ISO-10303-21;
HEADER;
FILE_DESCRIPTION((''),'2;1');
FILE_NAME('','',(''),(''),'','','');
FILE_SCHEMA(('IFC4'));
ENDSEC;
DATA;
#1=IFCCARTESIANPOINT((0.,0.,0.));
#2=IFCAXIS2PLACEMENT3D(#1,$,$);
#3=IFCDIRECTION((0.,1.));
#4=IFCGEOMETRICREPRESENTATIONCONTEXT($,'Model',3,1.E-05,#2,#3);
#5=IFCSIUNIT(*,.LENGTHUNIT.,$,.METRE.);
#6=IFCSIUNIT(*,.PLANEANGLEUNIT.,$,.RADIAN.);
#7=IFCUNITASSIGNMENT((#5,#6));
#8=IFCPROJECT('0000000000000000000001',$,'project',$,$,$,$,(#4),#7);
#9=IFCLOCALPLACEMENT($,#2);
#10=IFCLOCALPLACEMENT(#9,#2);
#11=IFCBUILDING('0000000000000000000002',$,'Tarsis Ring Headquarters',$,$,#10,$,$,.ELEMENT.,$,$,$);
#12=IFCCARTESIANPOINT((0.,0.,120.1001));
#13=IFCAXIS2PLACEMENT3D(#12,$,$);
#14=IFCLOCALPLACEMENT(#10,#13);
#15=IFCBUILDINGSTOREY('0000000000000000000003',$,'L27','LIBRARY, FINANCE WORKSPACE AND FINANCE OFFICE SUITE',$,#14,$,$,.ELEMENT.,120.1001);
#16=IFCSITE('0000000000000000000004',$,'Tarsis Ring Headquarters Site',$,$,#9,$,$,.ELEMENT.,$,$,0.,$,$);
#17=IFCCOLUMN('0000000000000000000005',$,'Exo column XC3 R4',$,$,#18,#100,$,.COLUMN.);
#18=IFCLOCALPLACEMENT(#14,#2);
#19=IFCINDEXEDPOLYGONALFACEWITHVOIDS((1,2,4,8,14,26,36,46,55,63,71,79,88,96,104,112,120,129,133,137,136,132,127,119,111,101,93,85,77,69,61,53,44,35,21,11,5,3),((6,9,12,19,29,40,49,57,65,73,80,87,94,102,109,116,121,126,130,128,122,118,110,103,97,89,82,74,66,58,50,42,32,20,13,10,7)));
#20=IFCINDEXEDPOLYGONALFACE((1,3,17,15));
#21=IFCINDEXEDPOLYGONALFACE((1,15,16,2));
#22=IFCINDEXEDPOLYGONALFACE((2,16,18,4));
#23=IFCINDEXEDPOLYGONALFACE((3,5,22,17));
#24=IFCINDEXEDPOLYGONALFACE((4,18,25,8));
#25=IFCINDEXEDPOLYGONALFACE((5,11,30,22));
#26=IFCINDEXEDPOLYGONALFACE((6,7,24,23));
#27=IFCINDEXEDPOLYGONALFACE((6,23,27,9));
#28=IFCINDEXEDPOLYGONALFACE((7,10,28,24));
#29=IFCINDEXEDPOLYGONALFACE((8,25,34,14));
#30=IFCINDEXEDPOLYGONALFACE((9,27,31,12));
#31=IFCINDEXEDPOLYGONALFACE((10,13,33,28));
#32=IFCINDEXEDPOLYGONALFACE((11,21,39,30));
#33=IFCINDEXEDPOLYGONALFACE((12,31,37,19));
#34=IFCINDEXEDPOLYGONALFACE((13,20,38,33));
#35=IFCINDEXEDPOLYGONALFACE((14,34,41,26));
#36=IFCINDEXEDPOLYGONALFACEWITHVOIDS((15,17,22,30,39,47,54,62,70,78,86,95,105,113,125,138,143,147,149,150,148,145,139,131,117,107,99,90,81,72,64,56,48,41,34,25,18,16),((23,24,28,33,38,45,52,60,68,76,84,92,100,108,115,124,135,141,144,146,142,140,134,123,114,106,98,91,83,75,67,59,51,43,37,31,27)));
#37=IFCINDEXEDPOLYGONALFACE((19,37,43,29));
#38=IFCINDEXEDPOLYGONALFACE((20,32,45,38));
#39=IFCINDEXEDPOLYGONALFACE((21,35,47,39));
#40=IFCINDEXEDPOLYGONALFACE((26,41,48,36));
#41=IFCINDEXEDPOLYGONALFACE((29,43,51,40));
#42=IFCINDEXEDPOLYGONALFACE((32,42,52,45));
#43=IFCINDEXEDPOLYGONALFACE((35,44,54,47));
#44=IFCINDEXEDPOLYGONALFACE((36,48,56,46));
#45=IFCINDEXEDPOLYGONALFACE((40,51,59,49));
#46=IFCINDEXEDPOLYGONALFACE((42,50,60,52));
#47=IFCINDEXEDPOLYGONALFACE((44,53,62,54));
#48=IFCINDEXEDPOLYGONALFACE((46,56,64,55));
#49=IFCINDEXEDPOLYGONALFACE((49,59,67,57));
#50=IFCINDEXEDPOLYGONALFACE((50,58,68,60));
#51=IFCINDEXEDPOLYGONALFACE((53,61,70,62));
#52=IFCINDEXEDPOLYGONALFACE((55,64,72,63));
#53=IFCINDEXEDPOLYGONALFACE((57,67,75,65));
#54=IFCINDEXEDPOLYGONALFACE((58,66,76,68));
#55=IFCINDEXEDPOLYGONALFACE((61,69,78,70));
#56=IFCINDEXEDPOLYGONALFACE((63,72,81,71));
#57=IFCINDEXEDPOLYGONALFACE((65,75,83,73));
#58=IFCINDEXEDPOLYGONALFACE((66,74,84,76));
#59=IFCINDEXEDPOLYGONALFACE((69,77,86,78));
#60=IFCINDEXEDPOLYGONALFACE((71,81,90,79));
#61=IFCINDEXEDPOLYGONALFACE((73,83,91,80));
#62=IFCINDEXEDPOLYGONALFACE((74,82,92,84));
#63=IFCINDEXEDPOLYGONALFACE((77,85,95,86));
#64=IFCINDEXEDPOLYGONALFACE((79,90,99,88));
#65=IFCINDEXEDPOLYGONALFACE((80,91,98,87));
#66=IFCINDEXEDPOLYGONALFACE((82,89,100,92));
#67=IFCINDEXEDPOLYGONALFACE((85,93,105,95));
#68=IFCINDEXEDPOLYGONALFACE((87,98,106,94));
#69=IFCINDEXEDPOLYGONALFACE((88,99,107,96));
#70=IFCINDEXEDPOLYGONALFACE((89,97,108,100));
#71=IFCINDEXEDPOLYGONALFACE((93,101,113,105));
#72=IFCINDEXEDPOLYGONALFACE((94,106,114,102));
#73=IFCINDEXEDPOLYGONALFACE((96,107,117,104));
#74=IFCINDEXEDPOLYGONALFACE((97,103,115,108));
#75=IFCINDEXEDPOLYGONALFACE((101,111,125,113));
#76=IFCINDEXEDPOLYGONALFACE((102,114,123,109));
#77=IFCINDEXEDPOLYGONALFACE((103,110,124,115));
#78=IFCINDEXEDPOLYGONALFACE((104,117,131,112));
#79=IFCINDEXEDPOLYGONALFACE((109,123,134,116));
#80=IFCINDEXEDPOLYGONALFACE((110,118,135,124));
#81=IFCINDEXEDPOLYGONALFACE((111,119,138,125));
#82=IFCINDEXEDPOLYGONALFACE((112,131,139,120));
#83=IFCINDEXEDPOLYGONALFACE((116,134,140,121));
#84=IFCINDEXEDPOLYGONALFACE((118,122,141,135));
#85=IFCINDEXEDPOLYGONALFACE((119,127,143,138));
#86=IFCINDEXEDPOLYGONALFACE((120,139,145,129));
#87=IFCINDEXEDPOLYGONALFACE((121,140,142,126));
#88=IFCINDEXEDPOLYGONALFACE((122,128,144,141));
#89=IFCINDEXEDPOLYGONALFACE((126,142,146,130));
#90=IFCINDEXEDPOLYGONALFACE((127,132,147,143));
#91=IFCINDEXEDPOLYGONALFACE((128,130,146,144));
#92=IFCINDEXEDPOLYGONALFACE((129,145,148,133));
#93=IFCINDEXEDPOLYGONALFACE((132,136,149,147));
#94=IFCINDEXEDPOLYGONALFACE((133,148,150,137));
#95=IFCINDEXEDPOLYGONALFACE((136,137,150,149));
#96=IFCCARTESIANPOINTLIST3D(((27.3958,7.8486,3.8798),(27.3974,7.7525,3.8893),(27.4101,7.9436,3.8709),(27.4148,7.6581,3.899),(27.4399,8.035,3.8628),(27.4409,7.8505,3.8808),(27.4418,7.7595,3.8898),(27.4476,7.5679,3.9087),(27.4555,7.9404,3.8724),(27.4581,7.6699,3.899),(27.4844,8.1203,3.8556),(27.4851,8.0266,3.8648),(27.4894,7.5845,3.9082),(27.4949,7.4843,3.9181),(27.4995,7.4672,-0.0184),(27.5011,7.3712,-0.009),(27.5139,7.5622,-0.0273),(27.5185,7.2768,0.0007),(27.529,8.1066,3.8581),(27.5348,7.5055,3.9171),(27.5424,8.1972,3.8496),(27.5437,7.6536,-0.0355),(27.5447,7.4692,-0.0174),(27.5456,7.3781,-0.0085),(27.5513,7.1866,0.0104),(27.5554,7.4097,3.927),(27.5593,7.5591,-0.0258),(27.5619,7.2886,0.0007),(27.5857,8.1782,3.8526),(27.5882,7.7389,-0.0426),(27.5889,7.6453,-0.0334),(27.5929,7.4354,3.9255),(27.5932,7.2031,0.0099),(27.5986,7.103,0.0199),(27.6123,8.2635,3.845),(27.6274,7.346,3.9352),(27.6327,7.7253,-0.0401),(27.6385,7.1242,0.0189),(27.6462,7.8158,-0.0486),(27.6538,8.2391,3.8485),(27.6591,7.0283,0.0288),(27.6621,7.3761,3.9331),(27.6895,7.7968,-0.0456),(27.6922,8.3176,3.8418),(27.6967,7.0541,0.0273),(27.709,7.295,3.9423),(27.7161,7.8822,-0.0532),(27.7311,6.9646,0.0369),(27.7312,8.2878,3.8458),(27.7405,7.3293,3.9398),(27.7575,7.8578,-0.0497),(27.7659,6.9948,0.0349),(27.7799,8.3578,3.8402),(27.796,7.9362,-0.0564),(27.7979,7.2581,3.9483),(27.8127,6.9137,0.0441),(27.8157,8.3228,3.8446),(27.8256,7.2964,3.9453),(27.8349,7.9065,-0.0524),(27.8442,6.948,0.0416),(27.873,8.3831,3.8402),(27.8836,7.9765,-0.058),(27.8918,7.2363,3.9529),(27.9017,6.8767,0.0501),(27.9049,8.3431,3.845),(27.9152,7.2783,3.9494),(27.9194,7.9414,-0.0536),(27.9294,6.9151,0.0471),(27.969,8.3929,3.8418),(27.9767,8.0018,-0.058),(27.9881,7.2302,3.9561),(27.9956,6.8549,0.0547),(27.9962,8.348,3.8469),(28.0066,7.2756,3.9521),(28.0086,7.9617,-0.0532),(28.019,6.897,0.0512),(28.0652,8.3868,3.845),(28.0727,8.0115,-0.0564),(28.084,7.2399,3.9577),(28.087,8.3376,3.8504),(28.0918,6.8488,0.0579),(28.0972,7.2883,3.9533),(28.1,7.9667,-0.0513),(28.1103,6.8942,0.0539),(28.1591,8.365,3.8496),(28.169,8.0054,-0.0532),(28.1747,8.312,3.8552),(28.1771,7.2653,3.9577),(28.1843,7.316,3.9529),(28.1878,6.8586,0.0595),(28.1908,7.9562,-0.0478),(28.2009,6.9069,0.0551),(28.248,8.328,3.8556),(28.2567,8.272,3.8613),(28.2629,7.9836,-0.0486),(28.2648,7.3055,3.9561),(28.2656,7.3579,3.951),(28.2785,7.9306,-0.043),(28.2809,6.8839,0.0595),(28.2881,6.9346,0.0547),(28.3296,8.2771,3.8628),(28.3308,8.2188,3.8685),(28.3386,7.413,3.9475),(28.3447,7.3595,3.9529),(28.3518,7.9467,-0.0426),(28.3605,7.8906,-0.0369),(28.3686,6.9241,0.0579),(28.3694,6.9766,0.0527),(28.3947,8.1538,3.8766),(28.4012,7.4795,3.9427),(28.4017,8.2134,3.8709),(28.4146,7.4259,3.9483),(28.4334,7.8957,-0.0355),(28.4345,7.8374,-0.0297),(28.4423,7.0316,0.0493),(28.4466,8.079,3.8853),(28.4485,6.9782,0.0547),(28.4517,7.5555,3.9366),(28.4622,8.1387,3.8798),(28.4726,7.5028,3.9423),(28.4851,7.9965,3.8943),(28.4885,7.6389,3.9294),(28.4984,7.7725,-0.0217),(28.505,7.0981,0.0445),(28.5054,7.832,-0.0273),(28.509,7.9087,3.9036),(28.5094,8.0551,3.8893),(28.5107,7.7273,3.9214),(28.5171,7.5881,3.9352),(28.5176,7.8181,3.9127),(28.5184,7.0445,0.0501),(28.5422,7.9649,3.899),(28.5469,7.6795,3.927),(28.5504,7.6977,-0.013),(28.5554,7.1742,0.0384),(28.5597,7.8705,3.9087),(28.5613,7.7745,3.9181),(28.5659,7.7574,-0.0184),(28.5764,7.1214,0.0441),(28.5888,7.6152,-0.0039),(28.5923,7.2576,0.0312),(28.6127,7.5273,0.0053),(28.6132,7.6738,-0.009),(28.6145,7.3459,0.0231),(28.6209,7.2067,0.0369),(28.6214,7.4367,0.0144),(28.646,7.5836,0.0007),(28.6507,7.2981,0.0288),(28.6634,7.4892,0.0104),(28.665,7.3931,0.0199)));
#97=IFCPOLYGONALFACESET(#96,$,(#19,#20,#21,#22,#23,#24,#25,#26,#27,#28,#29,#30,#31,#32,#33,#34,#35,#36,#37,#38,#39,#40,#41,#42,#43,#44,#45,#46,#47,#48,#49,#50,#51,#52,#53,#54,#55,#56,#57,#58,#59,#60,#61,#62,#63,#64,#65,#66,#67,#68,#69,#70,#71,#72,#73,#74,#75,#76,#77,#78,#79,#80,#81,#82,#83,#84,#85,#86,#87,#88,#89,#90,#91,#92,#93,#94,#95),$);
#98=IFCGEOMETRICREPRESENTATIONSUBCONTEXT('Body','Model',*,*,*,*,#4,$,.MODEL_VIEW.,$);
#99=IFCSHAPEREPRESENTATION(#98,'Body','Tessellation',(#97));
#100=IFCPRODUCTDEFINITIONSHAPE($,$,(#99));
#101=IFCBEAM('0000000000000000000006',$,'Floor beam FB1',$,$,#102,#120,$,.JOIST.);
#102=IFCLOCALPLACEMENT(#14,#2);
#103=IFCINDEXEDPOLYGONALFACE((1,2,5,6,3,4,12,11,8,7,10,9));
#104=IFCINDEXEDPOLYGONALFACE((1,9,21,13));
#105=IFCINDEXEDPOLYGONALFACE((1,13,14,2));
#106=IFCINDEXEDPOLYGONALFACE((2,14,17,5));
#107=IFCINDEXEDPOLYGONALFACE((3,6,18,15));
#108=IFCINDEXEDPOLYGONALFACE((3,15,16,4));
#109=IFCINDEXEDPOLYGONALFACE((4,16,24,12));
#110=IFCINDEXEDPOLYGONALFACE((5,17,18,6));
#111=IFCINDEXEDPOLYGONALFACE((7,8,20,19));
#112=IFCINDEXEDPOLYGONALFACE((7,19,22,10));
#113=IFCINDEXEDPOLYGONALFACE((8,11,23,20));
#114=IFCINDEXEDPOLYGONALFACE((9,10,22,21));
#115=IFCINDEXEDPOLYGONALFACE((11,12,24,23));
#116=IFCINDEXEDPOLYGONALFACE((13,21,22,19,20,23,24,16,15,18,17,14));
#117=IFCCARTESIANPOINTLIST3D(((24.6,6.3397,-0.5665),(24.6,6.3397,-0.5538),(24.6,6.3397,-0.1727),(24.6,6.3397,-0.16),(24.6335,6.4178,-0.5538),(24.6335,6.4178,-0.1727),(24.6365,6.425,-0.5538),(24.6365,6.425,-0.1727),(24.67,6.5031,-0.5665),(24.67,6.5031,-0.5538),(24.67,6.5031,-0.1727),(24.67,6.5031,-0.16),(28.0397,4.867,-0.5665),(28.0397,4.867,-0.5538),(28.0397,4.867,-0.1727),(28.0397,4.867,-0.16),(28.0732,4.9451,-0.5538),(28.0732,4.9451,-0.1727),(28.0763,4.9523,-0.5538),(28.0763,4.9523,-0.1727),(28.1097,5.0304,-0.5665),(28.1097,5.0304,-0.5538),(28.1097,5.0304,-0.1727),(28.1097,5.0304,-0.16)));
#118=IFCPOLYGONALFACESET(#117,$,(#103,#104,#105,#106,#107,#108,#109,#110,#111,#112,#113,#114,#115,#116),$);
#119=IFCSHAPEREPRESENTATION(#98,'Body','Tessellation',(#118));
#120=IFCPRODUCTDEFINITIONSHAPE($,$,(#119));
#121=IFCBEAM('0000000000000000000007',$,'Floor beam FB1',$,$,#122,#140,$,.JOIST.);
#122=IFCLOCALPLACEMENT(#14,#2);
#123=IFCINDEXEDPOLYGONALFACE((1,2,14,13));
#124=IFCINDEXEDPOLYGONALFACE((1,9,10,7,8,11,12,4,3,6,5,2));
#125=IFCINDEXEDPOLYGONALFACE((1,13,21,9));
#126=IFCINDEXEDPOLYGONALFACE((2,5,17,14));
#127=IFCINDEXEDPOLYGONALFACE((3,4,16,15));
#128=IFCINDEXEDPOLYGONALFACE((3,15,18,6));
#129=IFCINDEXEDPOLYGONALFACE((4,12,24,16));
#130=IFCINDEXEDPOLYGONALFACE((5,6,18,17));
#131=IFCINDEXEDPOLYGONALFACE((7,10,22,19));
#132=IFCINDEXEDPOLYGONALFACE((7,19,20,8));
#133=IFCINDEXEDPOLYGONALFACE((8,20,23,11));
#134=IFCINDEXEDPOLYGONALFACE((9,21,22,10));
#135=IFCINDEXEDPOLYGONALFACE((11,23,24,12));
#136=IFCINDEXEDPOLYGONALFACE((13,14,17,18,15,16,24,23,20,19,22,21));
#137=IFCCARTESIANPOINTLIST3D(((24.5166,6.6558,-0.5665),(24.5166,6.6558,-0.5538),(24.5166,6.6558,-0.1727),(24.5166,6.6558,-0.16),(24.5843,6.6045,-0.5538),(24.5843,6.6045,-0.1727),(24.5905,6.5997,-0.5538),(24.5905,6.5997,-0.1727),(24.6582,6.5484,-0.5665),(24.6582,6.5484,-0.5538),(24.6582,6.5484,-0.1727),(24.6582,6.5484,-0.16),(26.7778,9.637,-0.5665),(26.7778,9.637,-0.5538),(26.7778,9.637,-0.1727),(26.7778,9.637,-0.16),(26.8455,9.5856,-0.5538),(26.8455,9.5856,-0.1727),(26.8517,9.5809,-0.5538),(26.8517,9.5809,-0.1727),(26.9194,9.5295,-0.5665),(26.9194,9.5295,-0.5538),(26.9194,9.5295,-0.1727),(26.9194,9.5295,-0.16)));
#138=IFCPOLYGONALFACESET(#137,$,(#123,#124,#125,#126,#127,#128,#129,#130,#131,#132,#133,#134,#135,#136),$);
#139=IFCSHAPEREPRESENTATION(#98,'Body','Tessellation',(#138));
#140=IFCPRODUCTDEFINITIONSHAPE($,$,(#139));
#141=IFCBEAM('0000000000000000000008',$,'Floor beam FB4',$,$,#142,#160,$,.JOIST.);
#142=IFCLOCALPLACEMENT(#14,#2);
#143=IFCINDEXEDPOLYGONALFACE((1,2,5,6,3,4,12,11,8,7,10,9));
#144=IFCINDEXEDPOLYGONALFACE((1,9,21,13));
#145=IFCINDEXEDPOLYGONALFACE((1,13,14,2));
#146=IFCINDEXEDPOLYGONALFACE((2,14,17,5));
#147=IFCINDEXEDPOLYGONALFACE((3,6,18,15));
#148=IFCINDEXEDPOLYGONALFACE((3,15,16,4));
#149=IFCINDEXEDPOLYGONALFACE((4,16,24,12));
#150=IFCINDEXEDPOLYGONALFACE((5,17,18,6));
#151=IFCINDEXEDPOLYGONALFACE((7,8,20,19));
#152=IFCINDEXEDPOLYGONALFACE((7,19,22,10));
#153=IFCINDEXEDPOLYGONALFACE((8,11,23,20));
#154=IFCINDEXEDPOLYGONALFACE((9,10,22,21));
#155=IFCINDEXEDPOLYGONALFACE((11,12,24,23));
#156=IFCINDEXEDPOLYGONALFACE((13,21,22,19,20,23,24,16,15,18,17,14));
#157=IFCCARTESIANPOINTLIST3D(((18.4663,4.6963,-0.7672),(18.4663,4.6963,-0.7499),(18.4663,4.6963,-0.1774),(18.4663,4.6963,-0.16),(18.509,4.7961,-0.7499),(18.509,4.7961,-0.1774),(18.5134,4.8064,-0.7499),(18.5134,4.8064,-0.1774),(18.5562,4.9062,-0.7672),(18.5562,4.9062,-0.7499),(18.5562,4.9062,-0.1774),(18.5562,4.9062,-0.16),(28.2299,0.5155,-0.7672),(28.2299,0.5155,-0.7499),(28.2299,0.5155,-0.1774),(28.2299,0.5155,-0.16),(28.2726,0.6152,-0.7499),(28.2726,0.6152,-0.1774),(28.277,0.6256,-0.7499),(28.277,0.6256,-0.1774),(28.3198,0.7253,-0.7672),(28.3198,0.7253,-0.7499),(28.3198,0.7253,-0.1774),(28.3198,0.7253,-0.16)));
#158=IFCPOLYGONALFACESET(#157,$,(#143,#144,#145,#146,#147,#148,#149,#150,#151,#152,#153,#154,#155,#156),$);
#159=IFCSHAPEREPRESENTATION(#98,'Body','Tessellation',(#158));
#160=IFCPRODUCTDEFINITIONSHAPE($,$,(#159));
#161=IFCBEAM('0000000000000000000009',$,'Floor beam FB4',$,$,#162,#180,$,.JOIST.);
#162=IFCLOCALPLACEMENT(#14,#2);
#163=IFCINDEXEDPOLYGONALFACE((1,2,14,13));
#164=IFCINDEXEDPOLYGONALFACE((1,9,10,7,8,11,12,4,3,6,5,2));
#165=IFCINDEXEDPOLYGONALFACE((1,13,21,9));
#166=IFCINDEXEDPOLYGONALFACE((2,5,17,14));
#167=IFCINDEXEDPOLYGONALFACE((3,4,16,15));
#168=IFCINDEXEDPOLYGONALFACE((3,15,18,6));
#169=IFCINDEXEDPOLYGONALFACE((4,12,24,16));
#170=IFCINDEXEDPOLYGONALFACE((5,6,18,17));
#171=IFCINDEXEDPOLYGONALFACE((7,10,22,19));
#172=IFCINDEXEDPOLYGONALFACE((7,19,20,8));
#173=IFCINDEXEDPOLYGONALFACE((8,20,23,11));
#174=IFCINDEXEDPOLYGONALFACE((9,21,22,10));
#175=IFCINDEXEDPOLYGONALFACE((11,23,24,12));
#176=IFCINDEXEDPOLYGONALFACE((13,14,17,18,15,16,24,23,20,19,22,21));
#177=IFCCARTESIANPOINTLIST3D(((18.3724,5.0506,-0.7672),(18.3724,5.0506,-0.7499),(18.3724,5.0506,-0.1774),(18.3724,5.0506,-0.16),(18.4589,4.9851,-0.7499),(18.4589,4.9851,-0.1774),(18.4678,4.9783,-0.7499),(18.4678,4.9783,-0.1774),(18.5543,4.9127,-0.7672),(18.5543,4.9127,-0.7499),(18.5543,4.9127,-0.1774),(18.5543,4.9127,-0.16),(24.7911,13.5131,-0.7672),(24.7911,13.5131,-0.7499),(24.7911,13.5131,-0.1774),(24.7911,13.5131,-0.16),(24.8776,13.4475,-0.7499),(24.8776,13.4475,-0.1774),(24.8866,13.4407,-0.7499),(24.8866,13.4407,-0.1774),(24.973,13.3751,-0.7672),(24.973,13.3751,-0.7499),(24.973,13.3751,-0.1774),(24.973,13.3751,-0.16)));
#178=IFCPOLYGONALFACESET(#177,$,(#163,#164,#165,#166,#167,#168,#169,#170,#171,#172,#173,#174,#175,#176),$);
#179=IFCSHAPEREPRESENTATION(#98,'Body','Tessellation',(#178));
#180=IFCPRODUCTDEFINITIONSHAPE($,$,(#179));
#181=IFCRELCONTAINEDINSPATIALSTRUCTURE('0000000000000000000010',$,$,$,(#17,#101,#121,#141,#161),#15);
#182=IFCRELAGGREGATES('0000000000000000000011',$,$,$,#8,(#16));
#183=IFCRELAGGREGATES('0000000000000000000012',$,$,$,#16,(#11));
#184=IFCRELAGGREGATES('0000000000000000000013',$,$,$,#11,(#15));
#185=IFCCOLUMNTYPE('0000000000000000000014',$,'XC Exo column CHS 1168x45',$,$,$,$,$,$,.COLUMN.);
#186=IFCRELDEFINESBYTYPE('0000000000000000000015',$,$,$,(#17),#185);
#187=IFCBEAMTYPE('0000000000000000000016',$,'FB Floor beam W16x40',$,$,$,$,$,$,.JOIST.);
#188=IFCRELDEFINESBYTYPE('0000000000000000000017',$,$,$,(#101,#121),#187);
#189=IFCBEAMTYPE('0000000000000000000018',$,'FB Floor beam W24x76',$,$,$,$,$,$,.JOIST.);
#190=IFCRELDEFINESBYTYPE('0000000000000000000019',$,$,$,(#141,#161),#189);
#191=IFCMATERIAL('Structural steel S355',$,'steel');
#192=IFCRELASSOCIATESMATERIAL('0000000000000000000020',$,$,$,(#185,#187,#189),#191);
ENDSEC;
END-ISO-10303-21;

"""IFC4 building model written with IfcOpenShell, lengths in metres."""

from ifc_helpers import new_model, si_unit, direction, frame, origin, origin_2d, place, context, subcontext, project, spatial, hollow_circle, i_section, extrude, material, material_profile, profile_set, type_object, element, save


model = new_model("IFC4")

# Units and contexts
model_context = context("Model", 3, precision=1e-05, world=origin(), true_north=direction((0.0, 1.0)))
body_context = subcontext(model_context, "Body", "Model", "MODEL_VIEW")
ifc_project = project(units=[si_unit("LENGTHUNIT", "METRE"), si_unit("PLANEANGLEUNIT", "RADIAN")], contexts=[model_context])

# Site, building, storey
site_placement = place(None, origin())
site = spatial("IfcSite", under=ifc_project, at=site_placement, Name="Tarsis Ring Headquarters Site", CompositionType="ELEMENT", RefElevation=0.0)
building_placement = place(site_placement, origin())
building = spatial("IfcBuilding", under=site, at=building_placement, Name="Tarsis Ring Headquarters", CompositionType="ELEMENT")
storey_placement = place(building_placement, frame((0.0, 0.0, 120.1001)))
storey = spatial("IfcBuildingStorey", under=building, at=storey_placement, Name="L27", Description="LIBRARY, FINANCE WORKSPACE AND FINANCE OFFICE SUITE", CompositionType="ELEMENT", Elevation=120.1001)

# Column
ifc_material_1 = material(Name="Structural steel S355", Category="steel")
ifc_material_profile_1 = material_profile(ifc_material_1, hollow_circle(Radius=0.5842, WallThickness=0.0449, at=origin_2d()), Name="CHS 1168x45")
ifc_profile_set_1 = profile_set([ifc_material_profile_1], Name="Structural steel S355")
column_type = type_object("IfcColumnType", Name="XC Exo column CHS 1168x45", PredefinedType="COLUMN", material=ifc_profile_set_1)
column_placement = place(storey_placement, frame((28.0823, 7.4302, 0.0007), z_axis=(-0.026482, 0.097328, 0.9949), x_axis=(-0.96492, -0.262542, 0.0)))
element("IfcColumn", 1, at=column_placement, inside=storey, type_object=column_type, Name="Exo column XC3 R4", PredefinedType="COLUMN", context=body_context, shape_type="SweptSolid", body=[
    extrude(hollow_circle(Radius=0.5842, WallThickness=0.0449, at=origin_2d()), origin(), (0.0, 0.0, 1.0), 3.9182),
])

# Beams
ifc_material_profile_2 = material_profile(ifc_material_1, i_section(OverallWidth=0.1777, OverallDepth=0.4065, WebThickness=0.0078, FlangeThickness=0.0127, at=origin_2d()), Name="W16x40")
ifc_profile_set_2 = profile_set([ifc_material_profile_2], Name="Structural steel S355")
beam_type_1 = type_object("IfcBeamType", Name="FB Floor beam W16x40", PredefinedType="JOIST", material=ifc_profile_set_2)
for number, where, z_axis, x_axis, name in (
    (2, (24.635, 6.4214, -0.3633), (0.91929, -0.393581, 0.0), (0.393581, 0.91929, 0.0), "Floor beam FB1"),
    (3, (26.8486, 9.5833, -0.3633), (-0.604324, -0.796739, 0.0), (0.796739, -0.604324, 0.0), "Floor beam FB1"),
):
    element("IfcBeam", number, at=place(storey_placement, frame(where, z_axis=z_axis, x_axis=x_axis)), inside=storey, type_object=beam_type_1, Name=name, PredefinedType="JOIST", context=body_context, shape_type="SweptSolid", body=[
        extrude(i_section(OverallWidth=0.1777, OverallDepth=0.4065, WebThickness=0.0078, FlangeThickness=0.0127, at=origin_2d()), origin(), (0.0, 0.0, 1.0), 3.7417),
    ])
ifc_material_profile_3 = material_profile(ifc_material_1, i_section(OverallWidth=0.2283, OverallDepth=0.6072, WebThickness=0.0112, FlangeThickness=0.0173, at=origin_2d()), Name="W24x76")
ifc_profile_set_3 = profile_set([ifc_material_profile_3], Name="Structural steel S355")
beam_type_2 = type_object("IfcBeamType", Name="FB Floor beam W24x76", PredefinedType="JOIST", material=ifc_profile_set_3)
beam_1_placement = place(storey_placement, frame((18.5112, 4.8013, -0.4636), z_axis=(0.919265, -0.393639, 0.0), x_axis=(0.393639, 0.919265, 0.0)))
element("IfcBeam", 4, at=beam_1_placement, inside=storey, type_object=beam_type_2, Name="Floor beam FB4", PredefinedType="JOIST", context=body_context, shape_type="SweptSolid", body=[
    extrude(i_section(OverallWidth=0.2283, OverallDepth=0.6072, WebThickness=0.0112, FlangeThickness=0.0173, at=origin_2d()), origin(), (0.0, 0.0, 1.0), 10.6211),
])
beam_2_placement = place(storey_placement, frame((24.8821, 13.4441, -0.4636), z_axis=(-0.604324, -0.796739, 0.0), x_axis=(0.796739, -0.604324, 0.0)))
element("IfcBeam", 5, at=beam_2_placement, inside=storey, type_object=beam_type_2, Name="Floor beam FB4", PredefinedType="JOIST", context=body_context, shape_type="SweptSolid", body=[
    extrude(i_section(OverallWidth=0.2283, OverallDepth=0.6072, WebThickness=0.0112, FlangeThickness=0.0173, at=origin_2d()), origin(), (0.0, 0.0, 1.0), 10.6213),
])

save(model, "model.ifc")
